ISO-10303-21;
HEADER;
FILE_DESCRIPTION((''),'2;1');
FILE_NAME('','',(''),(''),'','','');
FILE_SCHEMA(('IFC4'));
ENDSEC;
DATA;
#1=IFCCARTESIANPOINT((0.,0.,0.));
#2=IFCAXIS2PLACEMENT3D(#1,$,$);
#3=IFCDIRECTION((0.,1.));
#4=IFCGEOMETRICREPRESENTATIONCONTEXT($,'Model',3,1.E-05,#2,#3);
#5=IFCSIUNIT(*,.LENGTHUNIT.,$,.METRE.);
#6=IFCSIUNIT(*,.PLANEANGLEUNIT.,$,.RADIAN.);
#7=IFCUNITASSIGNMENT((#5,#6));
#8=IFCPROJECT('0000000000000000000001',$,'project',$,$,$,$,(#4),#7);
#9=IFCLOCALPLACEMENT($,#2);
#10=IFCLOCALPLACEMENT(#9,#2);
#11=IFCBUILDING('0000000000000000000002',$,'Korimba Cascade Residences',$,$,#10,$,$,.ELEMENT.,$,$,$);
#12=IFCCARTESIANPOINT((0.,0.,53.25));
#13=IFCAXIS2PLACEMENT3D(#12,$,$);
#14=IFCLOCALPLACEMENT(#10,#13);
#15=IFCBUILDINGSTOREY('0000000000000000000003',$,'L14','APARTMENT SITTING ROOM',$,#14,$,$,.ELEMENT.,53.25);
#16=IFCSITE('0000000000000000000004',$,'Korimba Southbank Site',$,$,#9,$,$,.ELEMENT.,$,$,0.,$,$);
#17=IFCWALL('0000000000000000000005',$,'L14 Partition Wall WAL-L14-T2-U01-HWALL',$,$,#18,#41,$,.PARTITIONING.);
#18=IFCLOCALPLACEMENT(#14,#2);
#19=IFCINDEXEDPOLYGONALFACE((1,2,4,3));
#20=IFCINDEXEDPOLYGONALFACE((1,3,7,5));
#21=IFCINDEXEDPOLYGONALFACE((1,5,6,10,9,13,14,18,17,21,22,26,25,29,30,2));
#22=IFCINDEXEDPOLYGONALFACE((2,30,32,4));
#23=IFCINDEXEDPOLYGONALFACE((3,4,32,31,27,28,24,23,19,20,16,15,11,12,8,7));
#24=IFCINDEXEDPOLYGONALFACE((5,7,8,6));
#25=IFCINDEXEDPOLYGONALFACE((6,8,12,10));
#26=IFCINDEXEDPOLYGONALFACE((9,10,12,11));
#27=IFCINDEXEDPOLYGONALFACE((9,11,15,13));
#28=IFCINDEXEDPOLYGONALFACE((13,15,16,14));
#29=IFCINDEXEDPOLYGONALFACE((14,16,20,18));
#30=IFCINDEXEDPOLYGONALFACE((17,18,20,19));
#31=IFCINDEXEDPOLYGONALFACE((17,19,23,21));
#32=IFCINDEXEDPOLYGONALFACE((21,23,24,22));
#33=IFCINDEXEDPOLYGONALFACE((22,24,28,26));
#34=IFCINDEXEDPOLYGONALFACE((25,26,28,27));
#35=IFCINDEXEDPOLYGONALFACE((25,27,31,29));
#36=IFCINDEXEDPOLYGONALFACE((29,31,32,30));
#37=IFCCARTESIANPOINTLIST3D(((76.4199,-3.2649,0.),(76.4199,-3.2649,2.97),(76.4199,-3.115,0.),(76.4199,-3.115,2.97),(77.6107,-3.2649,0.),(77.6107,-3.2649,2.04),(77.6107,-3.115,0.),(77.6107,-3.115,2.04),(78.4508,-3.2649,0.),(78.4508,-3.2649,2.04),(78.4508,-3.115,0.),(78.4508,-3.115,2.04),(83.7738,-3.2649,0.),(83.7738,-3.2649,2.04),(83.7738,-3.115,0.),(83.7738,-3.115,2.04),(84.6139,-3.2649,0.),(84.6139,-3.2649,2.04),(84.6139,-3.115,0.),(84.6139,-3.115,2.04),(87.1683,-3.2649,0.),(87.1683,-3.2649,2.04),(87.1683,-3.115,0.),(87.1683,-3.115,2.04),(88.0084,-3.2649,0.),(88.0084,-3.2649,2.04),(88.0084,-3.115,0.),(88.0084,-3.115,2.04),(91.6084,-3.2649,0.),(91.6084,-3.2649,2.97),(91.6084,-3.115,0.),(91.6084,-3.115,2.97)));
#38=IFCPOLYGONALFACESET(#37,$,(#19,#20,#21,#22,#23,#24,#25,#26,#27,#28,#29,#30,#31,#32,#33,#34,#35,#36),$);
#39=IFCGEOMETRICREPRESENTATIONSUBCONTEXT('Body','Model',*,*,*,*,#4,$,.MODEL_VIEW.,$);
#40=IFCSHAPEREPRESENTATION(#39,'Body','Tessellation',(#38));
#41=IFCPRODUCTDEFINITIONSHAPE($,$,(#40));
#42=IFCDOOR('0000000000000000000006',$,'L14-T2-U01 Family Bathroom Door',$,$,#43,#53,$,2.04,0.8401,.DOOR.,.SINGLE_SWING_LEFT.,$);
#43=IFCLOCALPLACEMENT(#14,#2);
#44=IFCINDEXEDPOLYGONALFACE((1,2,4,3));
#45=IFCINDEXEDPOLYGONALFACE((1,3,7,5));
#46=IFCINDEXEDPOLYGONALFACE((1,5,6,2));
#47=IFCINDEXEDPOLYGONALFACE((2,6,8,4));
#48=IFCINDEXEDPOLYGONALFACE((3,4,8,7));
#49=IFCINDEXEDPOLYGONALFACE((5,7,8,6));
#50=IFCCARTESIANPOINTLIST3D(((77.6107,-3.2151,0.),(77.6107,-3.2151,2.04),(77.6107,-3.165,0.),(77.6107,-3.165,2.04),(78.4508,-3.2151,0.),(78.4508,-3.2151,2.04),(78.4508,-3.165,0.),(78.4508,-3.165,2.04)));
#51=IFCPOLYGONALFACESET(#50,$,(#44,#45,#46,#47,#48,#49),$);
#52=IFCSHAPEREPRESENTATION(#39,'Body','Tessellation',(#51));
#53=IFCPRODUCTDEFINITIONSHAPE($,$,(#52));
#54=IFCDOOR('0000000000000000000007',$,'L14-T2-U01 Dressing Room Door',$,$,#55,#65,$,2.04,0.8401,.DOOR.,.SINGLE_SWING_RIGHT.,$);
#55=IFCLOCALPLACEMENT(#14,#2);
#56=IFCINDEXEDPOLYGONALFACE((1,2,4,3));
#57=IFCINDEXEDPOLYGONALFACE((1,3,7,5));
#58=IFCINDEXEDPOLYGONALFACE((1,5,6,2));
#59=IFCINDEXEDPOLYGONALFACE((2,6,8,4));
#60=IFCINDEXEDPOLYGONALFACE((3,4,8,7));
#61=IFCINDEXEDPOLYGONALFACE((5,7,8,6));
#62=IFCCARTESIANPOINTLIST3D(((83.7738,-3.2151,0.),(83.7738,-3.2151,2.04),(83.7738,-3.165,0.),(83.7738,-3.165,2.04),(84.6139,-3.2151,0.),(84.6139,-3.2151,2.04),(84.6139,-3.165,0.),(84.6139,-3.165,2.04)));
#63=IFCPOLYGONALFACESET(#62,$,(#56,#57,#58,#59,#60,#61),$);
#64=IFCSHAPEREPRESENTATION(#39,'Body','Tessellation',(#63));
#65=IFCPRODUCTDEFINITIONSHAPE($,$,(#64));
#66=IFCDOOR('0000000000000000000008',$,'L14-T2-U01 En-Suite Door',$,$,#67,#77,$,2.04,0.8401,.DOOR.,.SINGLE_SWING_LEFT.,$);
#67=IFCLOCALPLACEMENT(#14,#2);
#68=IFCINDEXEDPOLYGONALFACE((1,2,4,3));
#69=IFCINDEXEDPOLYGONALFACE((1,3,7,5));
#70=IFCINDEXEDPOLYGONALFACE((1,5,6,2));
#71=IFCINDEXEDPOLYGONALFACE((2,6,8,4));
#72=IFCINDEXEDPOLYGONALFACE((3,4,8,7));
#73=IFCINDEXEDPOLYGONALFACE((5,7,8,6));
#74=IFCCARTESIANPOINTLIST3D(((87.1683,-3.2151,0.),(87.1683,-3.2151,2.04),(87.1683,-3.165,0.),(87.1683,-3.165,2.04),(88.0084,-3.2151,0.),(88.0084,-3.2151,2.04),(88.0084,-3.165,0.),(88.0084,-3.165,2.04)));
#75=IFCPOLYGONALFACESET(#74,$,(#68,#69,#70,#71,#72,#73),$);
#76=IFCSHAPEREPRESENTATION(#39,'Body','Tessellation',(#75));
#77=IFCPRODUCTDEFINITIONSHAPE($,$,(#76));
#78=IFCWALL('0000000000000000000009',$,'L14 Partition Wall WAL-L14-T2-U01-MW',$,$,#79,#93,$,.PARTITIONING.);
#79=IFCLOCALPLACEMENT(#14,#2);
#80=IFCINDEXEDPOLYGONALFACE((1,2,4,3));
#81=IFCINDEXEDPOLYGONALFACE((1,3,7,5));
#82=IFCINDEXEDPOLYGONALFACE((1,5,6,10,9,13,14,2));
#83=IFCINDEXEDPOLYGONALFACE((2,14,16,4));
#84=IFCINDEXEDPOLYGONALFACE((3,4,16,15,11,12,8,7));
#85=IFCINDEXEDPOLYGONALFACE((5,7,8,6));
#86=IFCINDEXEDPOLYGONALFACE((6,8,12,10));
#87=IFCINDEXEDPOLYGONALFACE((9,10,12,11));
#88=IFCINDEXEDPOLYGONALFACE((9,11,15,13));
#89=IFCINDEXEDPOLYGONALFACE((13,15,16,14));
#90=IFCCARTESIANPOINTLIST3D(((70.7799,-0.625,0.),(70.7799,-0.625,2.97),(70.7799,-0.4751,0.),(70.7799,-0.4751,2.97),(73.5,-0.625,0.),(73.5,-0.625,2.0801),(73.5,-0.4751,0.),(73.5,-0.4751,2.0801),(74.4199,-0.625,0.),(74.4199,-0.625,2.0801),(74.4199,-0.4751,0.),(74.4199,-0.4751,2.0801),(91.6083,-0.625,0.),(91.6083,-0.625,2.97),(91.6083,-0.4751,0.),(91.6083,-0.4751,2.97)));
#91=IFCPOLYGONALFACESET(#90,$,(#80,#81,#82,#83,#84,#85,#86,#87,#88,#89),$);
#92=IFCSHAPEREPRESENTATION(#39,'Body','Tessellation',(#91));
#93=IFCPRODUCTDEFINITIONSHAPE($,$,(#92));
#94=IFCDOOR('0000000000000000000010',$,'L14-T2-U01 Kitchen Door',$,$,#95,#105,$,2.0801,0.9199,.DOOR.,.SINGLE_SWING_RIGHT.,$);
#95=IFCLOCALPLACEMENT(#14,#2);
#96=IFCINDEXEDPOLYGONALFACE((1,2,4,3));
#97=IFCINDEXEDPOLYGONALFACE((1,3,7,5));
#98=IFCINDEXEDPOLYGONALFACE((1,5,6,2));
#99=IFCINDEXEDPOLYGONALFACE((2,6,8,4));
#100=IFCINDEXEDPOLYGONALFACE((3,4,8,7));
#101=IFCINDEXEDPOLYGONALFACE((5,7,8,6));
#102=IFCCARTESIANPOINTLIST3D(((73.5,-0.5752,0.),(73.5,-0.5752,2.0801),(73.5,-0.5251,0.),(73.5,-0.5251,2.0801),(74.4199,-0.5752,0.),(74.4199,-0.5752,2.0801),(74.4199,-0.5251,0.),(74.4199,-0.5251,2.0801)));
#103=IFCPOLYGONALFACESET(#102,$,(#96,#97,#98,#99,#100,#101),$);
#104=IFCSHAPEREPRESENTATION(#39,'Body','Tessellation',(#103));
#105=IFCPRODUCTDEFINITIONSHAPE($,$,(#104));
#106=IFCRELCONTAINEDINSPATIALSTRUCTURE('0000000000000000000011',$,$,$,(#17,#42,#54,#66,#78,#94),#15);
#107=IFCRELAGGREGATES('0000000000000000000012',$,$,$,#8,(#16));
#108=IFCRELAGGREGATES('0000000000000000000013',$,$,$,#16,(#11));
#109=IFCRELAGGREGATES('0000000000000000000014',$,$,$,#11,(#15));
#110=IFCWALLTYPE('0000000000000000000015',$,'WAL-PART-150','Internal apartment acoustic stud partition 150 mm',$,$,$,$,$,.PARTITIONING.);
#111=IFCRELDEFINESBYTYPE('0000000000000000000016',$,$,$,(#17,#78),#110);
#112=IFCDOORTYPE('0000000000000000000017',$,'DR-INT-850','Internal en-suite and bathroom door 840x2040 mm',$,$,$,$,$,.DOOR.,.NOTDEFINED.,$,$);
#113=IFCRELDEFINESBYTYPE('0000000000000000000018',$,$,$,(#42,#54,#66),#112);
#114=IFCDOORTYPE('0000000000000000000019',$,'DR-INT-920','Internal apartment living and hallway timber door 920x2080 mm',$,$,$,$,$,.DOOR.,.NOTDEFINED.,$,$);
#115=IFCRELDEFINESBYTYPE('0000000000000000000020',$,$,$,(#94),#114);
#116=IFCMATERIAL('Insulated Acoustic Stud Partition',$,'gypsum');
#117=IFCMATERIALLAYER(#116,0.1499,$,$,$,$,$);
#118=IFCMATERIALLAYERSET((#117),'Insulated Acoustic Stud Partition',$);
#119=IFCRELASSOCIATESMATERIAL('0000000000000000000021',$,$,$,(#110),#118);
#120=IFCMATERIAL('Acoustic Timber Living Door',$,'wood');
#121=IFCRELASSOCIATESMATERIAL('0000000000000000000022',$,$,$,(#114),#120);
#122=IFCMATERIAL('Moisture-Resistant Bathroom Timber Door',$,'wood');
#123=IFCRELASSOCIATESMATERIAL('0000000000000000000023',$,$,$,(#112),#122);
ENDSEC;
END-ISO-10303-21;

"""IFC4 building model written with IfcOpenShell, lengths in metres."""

from ifc_helpers import new_model, si_unit, direction, frame, frame_2d, origin, place, context, subcontext, project, spatial, rectangle, extrude, material, layer, layer_set, type_object, element, fill, save


model = new_model("IFC4")

# Units and contexts
model_context = context("Model", 3, precision=1e-05, world=origin(), true_north=direction((0.0, 1.0)))
body_context = subcontext(model_context, "Body", "Model", "MODEL_VIEW")
ifc_project = project(units=[si_unit("LENGTHUNIT", "METRE"), si_unit("PLANEANGLEUNIT", "RADIAN")], contexts=[model_context])

# Site, building, storey
site_placement = place(None, origin())
site = spatial("IfcSite", under=ifc_project, at=site_placement, Name="Korimba Southbank Site", CompositionType="ELEMENT", RefElevation=0.0)
building_placement = place(site_placement, origin())
building = spatial("IfcBuilding", under=site, at=building_placement, Name="Korimba Cascade Residences", CompositionType="ELEMENT")
storey_placement = place(building_placement, frame((0.0, 0.0, 53.25)))
storey = spatial("IfcBuildingStorey", under=building, at=storey_placement, Name="L14", Description="APARTMENT SITTING ROOM", CompositionType="ELEMENT", Elevation=53.25)

# Shared definitions
ifc_material_1 = material(Name="Insulated Acoustic Stud Partition", Category="gypsum")
ifc_layer_1 = layer(ifc_material_1, 0.1499)
ifc_layer_set_1 = layer_set([ifc_layer_1], Name="Insulated Acoustic Stud Partition")
wall_type_1 = type_object("IfcWallType", Name="WAL-PART-150", Description="Internal apartment acoustic stud partition 150 mm", PredefinedType="PARTITIONING", material=ifc_layer_set_1)

# Shared definitions
ifc_material_2 = material(Name="Acoustic Timber Living Door", Category="wood")
door_type_1 = type_object("IfcDoorType", Name="DR-INT-920", Description="Internal apartment living and hallway timber door 920x2080 mm", OperationType="NOTDEFINED", PredefinedType="DOOR", material=ifc_material_2)

# Wall, openings, doors
wall_1_placement = place(storey_placement, frame((76.4199, -3.1899, 0.0), z_axis=(0.0, 0.0, 1.0), x_axis=(1.0, 0.0, 0.0)))
wall_1 = element("IfcWall", 1, at=wall_1_placement, inside=storey, type_object=wall_type_1, Name="L14 Partition Wall WAL-L14-T2-U01-HWALL", PredefinedType="PARTITIONING", context=body_context, shape_type="SweptSolid", body=[
    extrude(rectangle(XDim=15.1885, YDim=0.1499, at=frame_2d((7.5942, 0.0))), origin(), (0.0, 0.0, 1.0), 2.97),
])
opening_1_placement = place(wall_1_placement, frame((1.1909, 0.0, 0.0)))
opening_1 = element("IfcOpeningElement", 2, at=opening_1_placement, cuts=wall_1, PredefinedType="OPENING", context=body_context, shape_type="SweptSolid", body=[
    extrude(rectangle(XDim=0.8401, YDim=2.04, at=frame_2d((0.4199, 1.02))), frame((0.0, 0.085, 0.0), z_axis=(0.0, -1.0, 0.0), x_axis=(1.0, 0.0, 0.0)), (0.0, 0.0, 1.0), 0.1699),
])
opening_2_placement = place(wall_1_placement, frame((7.354, 0.0, 0.0)))
opening_2 = element("IfcOpeningElement", 3, at=opening_2_placement, cuts=wall_1, PredefinedType="OPENING", context=body_context, shape_type="SweptSolid", body=[
    extrude(rectangle(XDim=0.8401, YDim=2.04, at=frame_2d((0.4199, 1.02))), frame((0.0, 0.085, 0.0), z_axis=(0.0, -1.0, 0.0), x_axis=(1.0, 0.0, 0.0)), (0.0, 0.0, 1.0), 0.1699),
])
opening_3_placement = place(wall_1_placement, frame((10.7485, 0.0, 0.0)))
opening_3 = element("IfcOpeningElement", 4, at=opening_3_placement, cuts=wall_1, PredefinedType="OPENING", context=body_context, shape_type="SweptSolid", body=[
    extrude(rectangle(XDim=0.8401, YDim=2.04, at=frame_2d((0.4199, 1.02))), frame((0.0, 0.085, 0.0), z_axis=(0.0, -1.0, 0.0), x_axis=(1.0, 0.0, 0.0)), (0.0, 0.0, 1.0), 0.1699),
])
ifc_material_3 = material(Name="Moisture-Resistant Bathroom Timber Door", Category="wood")
door_type_2 = type_object("IfcDoorType", Name="DR-INT-850", Description="Internal en-suite and bathroom door 840x2040 mm", OperationType="NOTDEFINED", PredefinedType="DOOR", material=ifc_material_3)
door_1_placement = place(opening_1_placement, origin())
door_1 = element("IfcDoor", 5, at=door_1_placement, inside=storey, type_object=door_type_2, Name="L14-T2-U01 Family Bathroom Door", OperationType="SINGLE_SWING_LEFT", OverallHeight=2.04, OverallWidth=0.8401, PredefinedType="DOOR", context=body_context, shape_type="SweptSolid", body=[
    extrude(rectangle(XDim=0.8401, YDim=2.04, at=frame_2d((0.4199, 1.02))), frame((0.0, 0.0249, 0.0), z_axis=(0.0, -1.0, 0.0), x_axis=(1.0, 0.0, 0.0)), (0.0, 0.0, 1.0), 0.05),
])
fill(opening_1, door_1)
door_2_placement = place(opening_2_placement, origin())
door_2 = element("IfcDoor", 6, at=door_2_placement, inside=storey, type_object=door_type_2, Name="L14-T2-U01 Dressing Room Door", OperationType="SINGLE_SWING_RIGHT", OverallHeight=2.04, OverallWidth=0.8401, PredefinedType="DOOR", context=body_context, shape_type="SweptSolid", body=[
    extrude(rectangle(XDim=0.8401, YDim=2.04, at=frame_2d((0.4199, 1.02))), frame((0.0, 0.0249, 0.0), z_axis=(0.0, -1.0, 0.0), x_axis=(1.0, 0.0, 0.0)), (0.0, 0.0, 1.0), 0.05),
])
fill(opening_2, door_2)
door_3_placement = place(opening_3_placement, origin())
door_3 = element("IfcDoor", 7, at=door_3_placement, inside=storey, type_object=door_type_2, Name="L14-T2-U01 En-Suite Door", OperationType="SINGLE_SWING_LEFT", OverallHeight=2.04, OverallWidth=0.8401, PredefinedType="DOOR", context=body_context, shape_type="SweptSolid", body=[
    extrude(rectangle(XDim=0.8401, YDim=2.04, at=frame_2d((0.4199, 1.02))), frame((0.0, 0.0249, 0.0), z_axis=(0.0, -1.0, 0.0), x_axis=(1.0, 0.0, 0.0)), (0.0, 0.0, 1.0), 0.05),
])
fill(opening_3, door_3)

# Wall, opening, door
wall_2_placement = place(storey_placement, frame((70.78, -0.55, 0.0), z_axis=(0.0, 0.0, 1.0), x_axis=(1.0, 0.0, 0.0)))
wall_2 = element("IfcWall", 8, at=wall_2_placement, inside=storey, type_object=wall_type_1, Name="L14 Partition Wall WAL-L14-T2-U01-MW", PredefinedType="PARTITIONING", context=body_context, shape_type="SweptSolid", body=[
    extrude(rectangle(XDim=20.8284, YDim=0.1499, at=frame_2d((10.4141, 0.0))), origin(), (0.0, 0.0, 1.0), 2.97),
])
opening_4_placement = place(wall_2_placement, frame((2.72, 0.0, 0.0)))
opening_4 = element("IfcOpeningElement", 9, at=opening_4_placement, cuts=wall_2, PredefinedType="OPENING", context=body_context, shape_type="SweptSolid", body=[
    extrude(rectangle(XDim=0.9199, YDim=2.0801, at=frame_2d((0.46, 1.04))), frame((0.0, 0.085, 0.0), z_axis=(0.0, -1.0, 0.0), x_axis=(1.0, 0.0, 0.0)), (0.0, 0.0, 1.0), 0.1699),
])
door_4_placement = place(opening_4_placement, origin())
door_4 = element("IfcDoor", 10, at=door_4_placement, inside=storey, type_object=door_type_1, Name="L14-T2-U01 Kitchen Door", OperationType="SINGLE_SWING_RIGHT", OverallHeight=2.0801, OverallWidth=0.9199, PredefinedType="DOOR", context=body_context, shape_type="SweptSolid", body=[
    extrude(rectangle(XDim=0.9199, YDim=2.0801, at=frame_2d((0.46, 1.04))), frame((0.0, 0.0249, 0.0), z_axis=(0.0, -1.0, 0.0), x_axis=(1.0, 0.0, 0.0)), (0.0, 0.0, 1.0), 0.05),
])
fill(opening_4, door_4)

save(model, "model.ifc")
